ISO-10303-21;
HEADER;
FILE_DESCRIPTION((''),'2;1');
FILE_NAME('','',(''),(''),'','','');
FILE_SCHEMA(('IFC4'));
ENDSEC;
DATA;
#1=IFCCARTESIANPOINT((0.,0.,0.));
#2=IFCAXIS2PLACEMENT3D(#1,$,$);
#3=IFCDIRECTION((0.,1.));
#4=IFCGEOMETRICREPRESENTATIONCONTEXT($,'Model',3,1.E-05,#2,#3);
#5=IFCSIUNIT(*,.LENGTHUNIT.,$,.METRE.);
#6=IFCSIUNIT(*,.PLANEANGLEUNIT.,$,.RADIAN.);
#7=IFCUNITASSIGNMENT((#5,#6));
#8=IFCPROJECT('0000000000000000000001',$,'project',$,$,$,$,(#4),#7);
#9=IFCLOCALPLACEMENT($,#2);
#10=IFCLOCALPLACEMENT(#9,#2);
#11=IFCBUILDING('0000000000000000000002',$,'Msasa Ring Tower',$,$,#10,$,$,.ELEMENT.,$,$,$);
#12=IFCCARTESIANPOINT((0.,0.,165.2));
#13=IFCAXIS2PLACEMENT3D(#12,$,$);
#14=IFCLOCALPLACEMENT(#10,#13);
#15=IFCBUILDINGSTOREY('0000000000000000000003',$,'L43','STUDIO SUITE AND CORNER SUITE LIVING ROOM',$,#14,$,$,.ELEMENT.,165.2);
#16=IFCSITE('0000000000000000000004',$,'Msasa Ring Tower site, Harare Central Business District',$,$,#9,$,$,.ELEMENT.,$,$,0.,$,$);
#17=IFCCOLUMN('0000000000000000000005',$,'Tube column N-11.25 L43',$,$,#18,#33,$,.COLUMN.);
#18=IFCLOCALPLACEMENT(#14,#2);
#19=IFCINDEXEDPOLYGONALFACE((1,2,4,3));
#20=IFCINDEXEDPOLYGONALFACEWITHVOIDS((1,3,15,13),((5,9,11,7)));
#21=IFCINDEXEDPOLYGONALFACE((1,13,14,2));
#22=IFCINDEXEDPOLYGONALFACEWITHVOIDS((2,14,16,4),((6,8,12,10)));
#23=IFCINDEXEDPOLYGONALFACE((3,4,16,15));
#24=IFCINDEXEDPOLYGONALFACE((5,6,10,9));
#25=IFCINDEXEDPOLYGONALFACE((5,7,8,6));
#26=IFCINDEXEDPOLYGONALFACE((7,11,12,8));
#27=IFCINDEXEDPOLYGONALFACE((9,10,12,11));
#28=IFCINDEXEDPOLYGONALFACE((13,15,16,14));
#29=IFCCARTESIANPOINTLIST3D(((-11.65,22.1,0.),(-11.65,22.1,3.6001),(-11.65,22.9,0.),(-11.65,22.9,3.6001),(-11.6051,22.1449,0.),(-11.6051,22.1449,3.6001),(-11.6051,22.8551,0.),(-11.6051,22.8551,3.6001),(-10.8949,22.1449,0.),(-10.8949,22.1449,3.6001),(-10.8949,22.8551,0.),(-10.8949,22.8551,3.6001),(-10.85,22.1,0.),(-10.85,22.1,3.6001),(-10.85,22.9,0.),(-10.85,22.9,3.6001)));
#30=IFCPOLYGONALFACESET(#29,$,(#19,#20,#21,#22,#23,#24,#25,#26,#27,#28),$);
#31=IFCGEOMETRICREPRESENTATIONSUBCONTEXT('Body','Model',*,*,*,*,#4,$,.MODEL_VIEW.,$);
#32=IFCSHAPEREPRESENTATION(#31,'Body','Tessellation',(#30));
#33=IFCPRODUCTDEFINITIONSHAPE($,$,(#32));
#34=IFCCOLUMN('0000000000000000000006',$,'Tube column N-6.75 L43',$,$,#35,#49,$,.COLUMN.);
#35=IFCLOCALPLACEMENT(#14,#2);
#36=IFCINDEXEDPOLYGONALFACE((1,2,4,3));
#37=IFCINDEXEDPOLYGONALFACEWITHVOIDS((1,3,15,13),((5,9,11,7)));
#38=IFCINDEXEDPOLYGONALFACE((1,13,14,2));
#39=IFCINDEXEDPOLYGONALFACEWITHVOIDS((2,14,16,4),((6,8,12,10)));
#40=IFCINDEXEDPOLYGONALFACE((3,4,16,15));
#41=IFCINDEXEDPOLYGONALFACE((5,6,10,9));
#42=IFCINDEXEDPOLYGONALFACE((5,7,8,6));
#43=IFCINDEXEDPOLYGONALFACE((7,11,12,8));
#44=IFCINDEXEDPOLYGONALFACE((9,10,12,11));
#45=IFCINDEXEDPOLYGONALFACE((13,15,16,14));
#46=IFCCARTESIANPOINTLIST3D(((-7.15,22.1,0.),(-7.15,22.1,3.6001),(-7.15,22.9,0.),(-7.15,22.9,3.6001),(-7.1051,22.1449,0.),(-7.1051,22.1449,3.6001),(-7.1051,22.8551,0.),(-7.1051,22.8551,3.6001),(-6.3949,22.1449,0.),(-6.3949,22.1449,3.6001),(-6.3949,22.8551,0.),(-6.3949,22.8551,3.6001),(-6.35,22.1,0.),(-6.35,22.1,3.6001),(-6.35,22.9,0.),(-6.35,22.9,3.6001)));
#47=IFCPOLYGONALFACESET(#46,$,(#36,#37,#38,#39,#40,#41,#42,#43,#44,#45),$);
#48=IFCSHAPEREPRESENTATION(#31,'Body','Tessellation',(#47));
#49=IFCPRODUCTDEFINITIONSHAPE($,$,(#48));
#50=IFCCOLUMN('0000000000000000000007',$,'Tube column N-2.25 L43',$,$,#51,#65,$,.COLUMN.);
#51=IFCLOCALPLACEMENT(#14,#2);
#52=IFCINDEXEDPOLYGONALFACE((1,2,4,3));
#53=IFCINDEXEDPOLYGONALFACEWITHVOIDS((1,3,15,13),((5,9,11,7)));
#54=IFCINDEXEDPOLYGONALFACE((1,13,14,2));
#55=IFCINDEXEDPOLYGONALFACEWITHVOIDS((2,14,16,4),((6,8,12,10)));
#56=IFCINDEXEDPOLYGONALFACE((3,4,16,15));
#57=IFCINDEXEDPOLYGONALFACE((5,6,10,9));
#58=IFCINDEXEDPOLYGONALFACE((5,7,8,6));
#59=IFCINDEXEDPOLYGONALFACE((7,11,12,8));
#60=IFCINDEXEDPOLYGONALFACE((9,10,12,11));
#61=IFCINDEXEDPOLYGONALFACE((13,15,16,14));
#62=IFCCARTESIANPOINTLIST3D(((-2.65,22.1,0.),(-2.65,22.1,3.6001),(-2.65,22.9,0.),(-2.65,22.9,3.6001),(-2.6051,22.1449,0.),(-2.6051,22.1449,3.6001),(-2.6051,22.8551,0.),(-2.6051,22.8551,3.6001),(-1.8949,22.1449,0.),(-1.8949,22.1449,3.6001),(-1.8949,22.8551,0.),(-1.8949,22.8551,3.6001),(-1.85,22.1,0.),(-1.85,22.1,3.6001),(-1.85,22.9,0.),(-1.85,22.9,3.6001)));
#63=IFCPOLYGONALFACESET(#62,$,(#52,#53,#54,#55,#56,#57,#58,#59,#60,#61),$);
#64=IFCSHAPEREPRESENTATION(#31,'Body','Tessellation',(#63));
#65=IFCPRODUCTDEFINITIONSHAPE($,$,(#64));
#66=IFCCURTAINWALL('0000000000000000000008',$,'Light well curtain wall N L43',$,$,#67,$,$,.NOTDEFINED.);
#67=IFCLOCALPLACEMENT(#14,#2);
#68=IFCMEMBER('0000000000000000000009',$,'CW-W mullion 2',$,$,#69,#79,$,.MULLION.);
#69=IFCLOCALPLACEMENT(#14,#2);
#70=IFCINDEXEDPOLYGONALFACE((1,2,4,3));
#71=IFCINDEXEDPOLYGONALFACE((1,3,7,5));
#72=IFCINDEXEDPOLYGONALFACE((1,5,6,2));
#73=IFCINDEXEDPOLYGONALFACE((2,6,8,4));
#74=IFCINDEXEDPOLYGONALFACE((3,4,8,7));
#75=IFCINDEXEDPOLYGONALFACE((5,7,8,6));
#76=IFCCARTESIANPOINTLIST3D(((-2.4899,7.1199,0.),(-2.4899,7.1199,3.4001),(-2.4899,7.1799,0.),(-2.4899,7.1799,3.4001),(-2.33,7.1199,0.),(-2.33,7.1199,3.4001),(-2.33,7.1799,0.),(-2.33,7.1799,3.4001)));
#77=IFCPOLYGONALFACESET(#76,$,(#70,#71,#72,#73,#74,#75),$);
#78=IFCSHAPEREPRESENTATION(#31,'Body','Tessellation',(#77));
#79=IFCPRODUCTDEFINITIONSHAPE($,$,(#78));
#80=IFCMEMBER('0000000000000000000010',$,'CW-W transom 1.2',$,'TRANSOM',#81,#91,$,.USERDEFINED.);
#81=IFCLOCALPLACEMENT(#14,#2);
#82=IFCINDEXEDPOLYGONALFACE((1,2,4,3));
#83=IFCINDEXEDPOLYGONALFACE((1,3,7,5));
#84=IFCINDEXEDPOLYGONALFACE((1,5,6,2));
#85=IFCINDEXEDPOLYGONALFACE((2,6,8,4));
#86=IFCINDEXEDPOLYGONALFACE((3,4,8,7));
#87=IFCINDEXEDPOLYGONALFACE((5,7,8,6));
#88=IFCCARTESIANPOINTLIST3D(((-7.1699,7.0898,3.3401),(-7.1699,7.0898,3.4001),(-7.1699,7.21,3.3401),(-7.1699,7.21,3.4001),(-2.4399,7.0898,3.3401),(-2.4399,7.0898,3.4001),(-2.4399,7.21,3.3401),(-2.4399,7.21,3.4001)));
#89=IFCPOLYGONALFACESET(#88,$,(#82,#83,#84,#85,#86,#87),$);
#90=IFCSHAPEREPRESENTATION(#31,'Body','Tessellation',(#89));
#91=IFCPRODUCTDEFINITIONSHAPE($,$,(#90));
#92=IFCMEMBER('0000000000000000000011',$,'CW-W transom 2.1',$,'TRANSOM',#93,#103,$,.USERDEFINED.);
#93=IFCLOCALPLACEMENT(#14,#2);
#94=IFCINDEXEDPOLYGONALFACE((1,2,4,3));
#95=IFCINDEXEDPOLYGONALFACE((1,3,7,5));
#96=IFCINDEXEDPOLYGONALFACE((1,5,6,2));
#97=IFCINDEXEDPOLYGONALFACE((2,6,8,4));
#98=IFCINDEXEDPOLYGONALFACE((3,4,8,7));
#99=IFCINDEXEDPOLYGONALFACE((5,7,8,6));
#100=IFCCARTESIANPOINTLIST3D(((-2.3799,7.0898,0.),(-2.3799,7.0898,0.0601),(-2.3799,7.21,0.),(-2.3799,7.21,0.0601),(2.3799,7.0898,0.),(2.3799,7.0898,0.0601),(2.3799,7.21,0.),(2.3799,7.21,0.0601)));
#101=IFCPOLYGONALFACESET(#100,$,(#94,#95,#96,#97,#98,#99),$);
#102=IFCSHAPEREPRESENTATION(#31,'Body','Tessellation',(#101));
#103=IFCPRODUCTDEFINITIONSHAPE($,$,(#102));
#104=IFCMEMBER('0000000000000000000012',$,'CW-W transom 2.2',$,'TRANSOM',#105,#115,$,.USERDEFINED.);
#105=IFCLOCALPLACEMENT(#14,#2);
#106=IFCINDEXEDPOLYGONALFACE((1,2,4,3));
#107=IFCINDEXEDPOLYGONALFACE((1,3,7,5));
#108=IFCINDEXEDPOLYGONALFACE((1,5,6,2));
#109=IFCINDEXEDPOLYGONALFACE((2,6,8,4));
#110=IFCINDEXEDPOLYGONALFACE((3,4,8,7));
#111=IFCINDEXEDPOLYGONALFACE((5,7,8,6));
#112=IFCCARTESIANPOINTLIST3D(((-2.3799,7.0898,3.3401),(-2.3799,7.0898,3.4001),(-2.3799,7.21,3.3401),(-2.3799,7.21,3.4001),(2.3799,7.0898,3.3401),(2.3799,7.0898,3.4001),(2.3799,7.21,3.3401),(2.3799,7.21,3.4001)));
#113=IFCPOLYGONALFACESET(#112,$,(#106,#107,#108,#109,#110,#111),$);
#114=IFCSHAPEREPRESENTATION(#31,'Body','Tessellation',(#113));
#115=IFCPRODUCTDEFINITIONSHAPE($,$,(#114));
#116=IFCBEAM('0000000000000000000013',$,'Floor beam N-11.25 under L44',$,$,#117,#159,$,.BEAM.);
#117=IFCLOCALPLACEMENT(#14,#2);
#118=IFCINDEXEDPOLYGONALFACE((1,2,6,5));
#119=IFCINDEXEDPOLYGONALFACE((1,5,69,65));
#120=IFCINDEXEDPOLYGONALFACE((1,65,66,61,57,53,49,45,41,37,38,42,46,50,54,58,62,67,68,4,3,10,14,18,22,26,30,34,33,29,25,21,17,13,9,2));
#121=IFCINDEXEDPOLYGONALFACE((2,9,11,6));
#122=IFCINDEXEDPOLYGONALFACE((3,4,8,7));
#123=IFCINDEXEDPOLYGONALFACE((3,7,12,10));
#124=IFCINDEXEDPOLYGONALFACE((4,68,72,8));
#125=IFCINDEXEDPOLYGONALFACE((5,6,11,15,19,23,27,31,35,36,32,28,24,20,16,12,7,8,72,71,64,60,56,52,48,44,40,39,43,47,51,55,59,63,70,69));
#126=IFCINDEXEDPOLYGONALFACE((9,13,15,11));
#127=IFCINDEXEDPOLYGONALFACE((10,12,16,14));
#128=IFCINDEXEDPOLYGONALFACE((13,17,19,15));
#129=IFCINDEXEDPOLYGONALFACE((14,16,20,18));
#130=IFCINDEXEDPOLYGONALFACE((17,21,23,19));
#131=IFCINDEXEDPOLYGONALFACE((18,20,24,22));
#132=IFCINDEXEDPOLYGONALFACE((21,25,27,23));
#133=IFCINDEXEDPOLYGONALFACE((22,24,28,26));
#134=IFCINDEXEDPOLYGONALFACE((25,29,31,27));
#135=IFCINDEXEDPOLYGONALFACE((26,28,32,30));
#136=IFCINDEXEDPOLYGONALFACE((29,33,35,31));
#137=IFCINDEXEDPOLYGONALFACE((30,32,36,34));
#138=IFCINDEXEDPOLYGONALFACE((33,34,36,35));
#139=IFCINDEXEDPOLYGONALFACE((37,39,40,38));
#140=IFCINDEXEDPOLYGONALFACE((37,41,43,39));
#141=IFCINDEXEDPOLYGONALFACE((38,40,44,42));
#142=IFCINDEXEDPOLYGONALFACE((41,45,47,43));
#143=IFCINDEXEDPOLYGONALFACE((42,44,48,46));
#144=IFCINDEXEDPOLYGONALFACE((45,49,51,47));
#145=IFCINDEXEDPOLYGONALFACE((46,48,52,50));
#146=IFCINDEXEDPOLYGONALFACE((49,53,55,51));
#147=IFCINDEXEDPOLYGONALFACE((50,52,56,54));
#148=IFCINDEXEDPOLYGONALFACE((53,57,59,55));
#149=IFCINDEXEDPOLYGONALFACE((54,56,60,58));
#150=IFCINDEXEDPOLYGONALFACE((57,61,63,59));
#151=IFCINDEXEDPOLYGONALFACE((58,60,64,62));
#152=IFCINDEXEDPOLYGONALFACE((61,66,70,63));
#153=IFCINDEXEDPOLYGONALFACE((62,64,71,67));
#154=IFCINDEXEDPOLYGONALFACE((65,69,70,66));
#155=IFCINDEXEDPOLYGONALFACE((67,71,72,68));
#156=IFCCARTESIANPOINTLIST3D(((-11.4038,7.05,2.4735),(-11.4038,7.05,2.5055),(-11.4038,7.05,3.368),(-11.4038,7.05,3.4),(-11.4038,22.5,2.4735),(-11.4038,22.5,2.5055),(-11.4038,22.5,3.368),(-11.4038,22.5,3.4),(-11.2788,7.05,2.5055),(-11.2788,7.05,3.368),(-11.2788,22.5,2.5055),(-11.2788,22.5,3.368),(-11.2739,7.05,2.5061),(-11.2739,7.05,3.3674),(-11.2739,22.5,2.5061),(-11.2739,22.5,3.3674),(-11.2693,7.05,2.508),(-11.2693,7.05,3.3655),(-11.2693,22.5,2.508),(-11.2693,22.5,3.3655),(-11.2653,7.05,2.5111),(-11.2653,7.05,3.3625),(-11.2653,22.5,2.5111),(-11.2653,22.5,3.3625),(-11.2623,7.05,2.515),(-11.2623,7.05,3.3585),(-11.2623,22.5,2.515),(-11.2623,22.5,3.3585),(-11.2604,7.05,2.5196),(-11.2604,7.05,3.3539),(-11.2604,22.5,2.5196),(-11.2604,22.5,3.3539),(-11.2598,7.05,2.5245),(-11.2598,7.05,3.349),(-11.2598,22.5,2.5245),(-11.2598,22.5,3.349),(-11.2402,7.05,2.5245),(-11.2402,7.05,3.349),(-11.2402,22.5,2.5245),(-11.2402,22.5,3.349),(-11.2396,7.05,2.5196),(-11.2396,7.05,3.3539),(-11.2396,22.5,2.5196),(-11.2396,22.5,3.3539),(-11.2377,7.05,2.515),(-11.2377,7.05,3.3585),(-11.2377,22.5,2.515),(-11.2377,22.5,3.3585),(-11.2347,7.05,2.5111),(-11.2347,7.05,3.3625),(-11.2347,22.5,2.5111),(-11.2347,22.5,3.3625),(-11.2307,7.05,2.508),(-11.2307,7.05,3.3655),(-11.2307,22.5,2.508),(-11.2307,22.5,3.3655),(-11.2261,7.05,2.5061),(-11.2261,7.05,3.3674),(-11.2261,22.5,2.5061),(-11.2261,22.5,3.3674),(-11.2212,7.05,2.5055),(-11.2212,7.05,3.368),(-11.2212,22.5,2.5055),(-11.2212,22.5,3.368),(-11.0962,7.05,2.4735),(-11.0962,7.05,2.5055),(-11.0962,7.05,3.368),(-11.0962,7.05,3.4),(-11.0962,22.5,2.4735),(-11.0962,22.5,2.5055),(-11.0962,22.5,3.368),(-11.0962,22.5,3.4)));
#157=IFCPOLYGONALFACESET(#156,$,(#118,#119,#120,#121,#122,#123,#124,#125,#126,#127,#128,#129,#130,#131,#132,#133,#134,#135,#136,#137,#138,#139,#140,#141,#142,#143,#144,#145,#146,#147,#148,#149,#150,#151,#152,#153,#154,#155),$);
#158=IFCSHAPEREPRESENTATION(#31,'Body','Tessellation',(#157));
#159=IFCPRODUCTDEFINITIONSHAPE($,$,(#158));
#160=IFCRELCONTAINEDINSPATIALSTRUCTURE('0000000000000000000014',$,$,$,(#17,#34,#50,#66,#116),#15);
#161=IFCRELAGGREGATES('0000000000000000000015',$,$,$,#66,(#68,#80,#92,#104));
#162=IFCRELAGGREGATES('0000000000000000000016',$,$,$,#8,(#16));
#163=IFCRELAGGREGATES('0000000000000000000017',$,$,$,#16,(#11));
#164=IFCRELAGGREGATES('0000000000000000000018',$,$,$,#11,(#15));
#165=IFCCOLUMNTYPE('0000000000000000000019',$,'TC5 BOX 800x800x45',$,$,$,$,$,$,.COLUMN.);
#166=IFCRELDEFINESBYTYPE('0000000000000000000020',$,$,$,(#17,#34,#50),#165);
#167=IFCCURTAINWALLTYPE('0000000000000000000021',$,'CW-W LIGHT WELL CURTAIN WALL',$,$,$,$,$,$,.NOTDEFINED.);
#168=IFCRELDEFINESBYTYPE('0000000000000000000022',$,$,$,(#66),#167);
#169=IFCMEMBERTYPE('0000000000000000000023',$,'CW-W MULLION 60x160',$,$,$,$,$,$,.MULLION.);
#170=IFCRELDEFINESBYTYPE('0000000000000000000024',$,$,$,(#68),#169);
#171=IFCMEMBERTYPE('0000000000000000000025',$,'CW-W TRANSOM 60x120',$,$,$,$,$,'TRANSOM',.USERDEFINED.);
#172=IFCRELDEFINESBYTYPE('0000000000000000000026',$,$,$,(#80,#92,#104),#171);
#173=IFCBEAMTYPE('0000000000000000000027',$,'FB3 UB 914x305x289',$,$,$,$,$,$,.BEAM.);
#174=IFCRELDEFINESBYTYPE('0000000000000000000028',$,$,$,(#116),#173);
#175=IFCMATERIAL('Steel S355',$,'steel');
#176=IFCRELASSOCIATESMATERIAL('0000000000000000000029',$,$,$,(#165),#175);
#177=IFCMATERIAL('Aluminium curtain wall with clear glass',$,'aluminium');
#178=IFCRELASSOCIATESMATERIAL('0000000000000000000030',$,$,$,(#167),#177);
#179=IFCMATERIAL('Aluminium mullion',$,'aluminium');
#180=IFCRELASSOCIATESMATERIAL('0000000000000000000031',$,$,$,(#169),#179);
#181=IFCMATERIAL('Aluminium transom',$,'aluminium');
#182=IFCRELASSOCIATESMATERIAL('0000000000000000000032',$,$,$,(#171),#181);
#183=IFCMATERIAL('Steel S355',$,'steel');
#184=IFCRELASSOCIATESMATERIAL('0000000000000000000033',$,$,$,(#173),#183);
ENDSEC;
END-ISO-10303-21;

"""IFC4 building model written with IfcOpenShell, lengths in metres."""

from ifc_helpers import new_model, si_unit, direction, frame, origin, origin_2d, place, context, subcontext, project, spatial, rectangle, hollow_rectangle, i_section, extrude, material, material_profile, profile_set, type_object, element, aggregate, save


model = new_model("IFC4")

# Units and contexts
model_context = context("Model", 3, precision=1e-05, world=origin(), true_north=direction((0.0, 1.0)))
body_context = subcontext(model_context, "Body", "Model", "MODEL_VIEW")
ifc_project = project(units=[si_unit("LENGTHUNIT", "METRE"), si_unit("PLANEANGLEUNIT", "RADIAN")], contexts=[model_context])

# Site, building, storey
site_placement = place(None, origin())
site = spatial("IfcSite", under=ifc_project, at=site_placement, Name="Msasa Ring Tower site, Harare Central Business District", CompositionType="ELEMENT", RefElevation=0.0)
building_placement = place(site_placement, origin())
building = spatial("IfcBuilding", under=site, at=building_placement, Name="Msasa Ring Tower", CompositionType="ELEMENT")
storey_placement = place(building_placement, frame((0.0, 0.0, 165.2)))
storey = spatial("IfcBuildingStorey", under=building, at=storey_placement, Name="L43", Description="STUDIO SUITE AND CORNER SUITE LIVING ROOM", CompositionType="ELEMENT", Elevation=165.2)

# Columns
ifc_material_1 = material(Name="Steel S355", Category="steel")
ifc_material_profile_1 = material_profile(ifc_material_1, hollow_rectangle(XDim=0.8, YDim=0.8, WallThickness=0.0449, at=origin_2d()), Name="BOX 800x800x45")
ifc_profile_set_1 = profile_set([ifc_material_profile_1], Name="Steel S355")
column_type = type_object("IfcColumnType", Name="TC5 BOX 800x800x45", PredefinedType="COLUMN", material=ifc_profile_set_1)
for number, where, z_axis, x_axis, name in (
    (1, (-11.25, 22.5, 0.0), (0.0, 0.0, 1.0), (0.0, 1.0, 0.0), "Tube column N-11.25 L43"),
    (2, (-6.75, 22.5, 0.0), (0.0, 0.0, 1.0), (0.0, 1.0, 0.0), "Tube column N-6.75 L43"),
    (3, (-2.25, 22.5, 0.0), (0.0, 0.0, 1.0), (0.0, 1.0, 0.0), "Tube column N-2.25 L43"),
):
    element("IfcColumn", number, at=place(storey_placement, frame(where, z_axis=z_axis, x_axis=x_axis)), inside=storey, type_object=column_type, Name=name, PredefinedType="COLUMN", context=body_context, shape_type="SweptSolid", body=[
        extrude(hollow_rectangle(XDim=0.8, YDim=0.8, WallThickness=0.0449, at=origin_2d()), origin(), (0.0, 0.0, 1.0), 3.6001),
    ])

# Curtain wall, members
ifc_material_2 = material(Name="Aluminium curtain wall with clear glass", Category="aluminium")
curtain_wall_type = type_object("IfcCurtainWallType", Name="CW-W LIGHT WELL CURTAIN WALL", PredefinedType="NOTDEFINED", material=ifc_material_2)
curtain_wall_placement = place(storey_placement, origin())
curtain_wall = element("IfcCurtainWall", 4, at=curtain_wall_placement, inside=storey, type_object=curtain_wall_type, Name="Light well curtain wall N L43", PredefinedType="NOTDEFINED")
ifc_material_3 = material(Name="Aluminium mullion", Category="aluminium")
ifc_material_profile_2 = material_profile(ifc_material_3, rectangle(XDim=0.0601, YDim=0.1599, at=origin_2d()), Name="AL 60x160")
ifc_profile_set_2 = profile_set([ifc_material_profile_2], Name="Aluminium mullion")
member_type_1 = type_object("IfcMemberType", Name="CW-W MULLION 60x160", PredefinedType="MULLION", material=ifc_profile_set_2)
member_1_placement = place(storey_placement, frame((-2.4099, 7.1499, 0.0), z_axis=(0.0, 0.0, 1.0), x_axis=(0.0, 1.0, 0.0)))
member_1 = element("IfcMember", 5, at=member_1_placement, type_object=member_type_1, Name="CW-W mullion 2", PredefinedType="MULLION", context=body_context, shape_type="SweptSolid", body=[
    extrude(rectangle(XDim=0.0601, YDim=0.1599, at=origin_2d()), origin(), (0.0, 0.0, 1.0), 3.4001),
])
ifc_material_4 = material(Name="Aluminium transom", Category="aluminium")
ifc_material_profile_3 = material_profile(ifc_material_4, rectangle(XDim=0.1201, YDim=0.0601, at=origin_2d()), Name="AL 60x120")
ifc_profile_set_3 = profile_set([ifc_material_profile_3], Name="Aluminium transom")
member_type_2 = type_object("IfcMemberType", Name="CW-W TRANSOM 60x120", ElementType="TRANSOM", PredefinedType="USERDEFINED", material=ifc_profile_set_3)
member_2_placement = place(storey_placement, frame((-7.1699, 7.1499, 3.3701), z_axis=(1.0, 0.0, 0.0), x_axis=(0.0, 1.0, 0.0)))
member_2 = element("IfcMember", 6, at=member_2_placement, type_object=member_type_2, Name="CW-W transom 1.2", ObjectType="TRANSOM", PredefinedType="USERDEFINED", context=body_context, shape_type="SweptSolid", body=[
    extrude(rectangle(XDim=0.1201, YDim=0.0601, at=origin_2d()), origin(), (0.0, 0.0, 1.0), 4.73),
])
member_3_placement = place(storey_placement, frame((-2.3799, 7.1499, 0.03), z_axis=(1.0, 0.0, 0.0), x_axis=(0.0, 1.0, 0.0)))
member_3 = element("IfcMember", 7, at=member_3_placement, type_object=member_type_2, Name="CW-W transom 2.1", ObjectType="TRANSOM", PredefinedType="USERDEFINED", context=body_context, shape_type="SweptSolid", body=[
    extrude(rectangle(XDim=0.1201, YDim=0.0601, at=origin_2d()), origin(), (0.0, 0.0, 1.0), 4.7598),
])
member_4_placement = place(storey_placement, frame((-2.3799, 7.1499, 3.3701), z_axis=(1.0, 0.0, 0.0), x_axis=(0.0, 1.0, 0.0)))
member_4 = element("IfcMember", 8, at=member_4_placement, type_object=member_type_2, Name="CW-W transom 2.2", ObjectType="TRANSOM", PredefinedType="USERDEFINED", context=body_context, shape_type="SweptSolid", body=[
    extrude(rectangle(XDim=0.1201, YDim=0.0601, at=origin_2d()), origin(), (0.0, 0.0, 1.0), 4.7598),
])

# Beam
ifc_material_5 = material(Name="Steel S355", Category="steel")
ifc_material_profile_4 = material_profile(ifc_material_5, i_section(OverallWidth=0.3076, OverallDepth=0.9265, WebThickness=0.0195, FlangeThickness=0.032, FilletRadius=0.019, at=origin_2d()), Name="UB 914x305x289")
ifc_profile_set_4 = profile_set([ifc_material_profile_4], Name="Steel S355")
beam_type_1 = type_object("IfcBeamType", Name="FB3 UB 914x305x289", PredefinedType="BEAM", material=ifc_profile_set_4)
beam_placement = place(storey_placement, frame((-11.25, 22.5, 2.9368), z_axis=(0.0, -1.0, 0.0), x_axis=(1.0, 0.0, 0.0)))
element("IfcBeam", 9, at=beam_placement, inside=storey, type_object=beam_type_1, Name="Floor beam N-11.25 under L44", PredefinedType="BEAM", context=body_context, shape_type="SweptSolid", body=[
    extrude(i_section(OverallWidth=0.3076, OverallDepth=0.9265, WebThickness=0.0195, FlangeThickness=0.032, FilletRadius=0.019, at=origin_2d()), origin(), (0.0, 0.0, 1.0), 15.45),
])

aggregate(curtain_wall, [member_1, member_2, member_3, member_4])

save(model, "model.ifc")
